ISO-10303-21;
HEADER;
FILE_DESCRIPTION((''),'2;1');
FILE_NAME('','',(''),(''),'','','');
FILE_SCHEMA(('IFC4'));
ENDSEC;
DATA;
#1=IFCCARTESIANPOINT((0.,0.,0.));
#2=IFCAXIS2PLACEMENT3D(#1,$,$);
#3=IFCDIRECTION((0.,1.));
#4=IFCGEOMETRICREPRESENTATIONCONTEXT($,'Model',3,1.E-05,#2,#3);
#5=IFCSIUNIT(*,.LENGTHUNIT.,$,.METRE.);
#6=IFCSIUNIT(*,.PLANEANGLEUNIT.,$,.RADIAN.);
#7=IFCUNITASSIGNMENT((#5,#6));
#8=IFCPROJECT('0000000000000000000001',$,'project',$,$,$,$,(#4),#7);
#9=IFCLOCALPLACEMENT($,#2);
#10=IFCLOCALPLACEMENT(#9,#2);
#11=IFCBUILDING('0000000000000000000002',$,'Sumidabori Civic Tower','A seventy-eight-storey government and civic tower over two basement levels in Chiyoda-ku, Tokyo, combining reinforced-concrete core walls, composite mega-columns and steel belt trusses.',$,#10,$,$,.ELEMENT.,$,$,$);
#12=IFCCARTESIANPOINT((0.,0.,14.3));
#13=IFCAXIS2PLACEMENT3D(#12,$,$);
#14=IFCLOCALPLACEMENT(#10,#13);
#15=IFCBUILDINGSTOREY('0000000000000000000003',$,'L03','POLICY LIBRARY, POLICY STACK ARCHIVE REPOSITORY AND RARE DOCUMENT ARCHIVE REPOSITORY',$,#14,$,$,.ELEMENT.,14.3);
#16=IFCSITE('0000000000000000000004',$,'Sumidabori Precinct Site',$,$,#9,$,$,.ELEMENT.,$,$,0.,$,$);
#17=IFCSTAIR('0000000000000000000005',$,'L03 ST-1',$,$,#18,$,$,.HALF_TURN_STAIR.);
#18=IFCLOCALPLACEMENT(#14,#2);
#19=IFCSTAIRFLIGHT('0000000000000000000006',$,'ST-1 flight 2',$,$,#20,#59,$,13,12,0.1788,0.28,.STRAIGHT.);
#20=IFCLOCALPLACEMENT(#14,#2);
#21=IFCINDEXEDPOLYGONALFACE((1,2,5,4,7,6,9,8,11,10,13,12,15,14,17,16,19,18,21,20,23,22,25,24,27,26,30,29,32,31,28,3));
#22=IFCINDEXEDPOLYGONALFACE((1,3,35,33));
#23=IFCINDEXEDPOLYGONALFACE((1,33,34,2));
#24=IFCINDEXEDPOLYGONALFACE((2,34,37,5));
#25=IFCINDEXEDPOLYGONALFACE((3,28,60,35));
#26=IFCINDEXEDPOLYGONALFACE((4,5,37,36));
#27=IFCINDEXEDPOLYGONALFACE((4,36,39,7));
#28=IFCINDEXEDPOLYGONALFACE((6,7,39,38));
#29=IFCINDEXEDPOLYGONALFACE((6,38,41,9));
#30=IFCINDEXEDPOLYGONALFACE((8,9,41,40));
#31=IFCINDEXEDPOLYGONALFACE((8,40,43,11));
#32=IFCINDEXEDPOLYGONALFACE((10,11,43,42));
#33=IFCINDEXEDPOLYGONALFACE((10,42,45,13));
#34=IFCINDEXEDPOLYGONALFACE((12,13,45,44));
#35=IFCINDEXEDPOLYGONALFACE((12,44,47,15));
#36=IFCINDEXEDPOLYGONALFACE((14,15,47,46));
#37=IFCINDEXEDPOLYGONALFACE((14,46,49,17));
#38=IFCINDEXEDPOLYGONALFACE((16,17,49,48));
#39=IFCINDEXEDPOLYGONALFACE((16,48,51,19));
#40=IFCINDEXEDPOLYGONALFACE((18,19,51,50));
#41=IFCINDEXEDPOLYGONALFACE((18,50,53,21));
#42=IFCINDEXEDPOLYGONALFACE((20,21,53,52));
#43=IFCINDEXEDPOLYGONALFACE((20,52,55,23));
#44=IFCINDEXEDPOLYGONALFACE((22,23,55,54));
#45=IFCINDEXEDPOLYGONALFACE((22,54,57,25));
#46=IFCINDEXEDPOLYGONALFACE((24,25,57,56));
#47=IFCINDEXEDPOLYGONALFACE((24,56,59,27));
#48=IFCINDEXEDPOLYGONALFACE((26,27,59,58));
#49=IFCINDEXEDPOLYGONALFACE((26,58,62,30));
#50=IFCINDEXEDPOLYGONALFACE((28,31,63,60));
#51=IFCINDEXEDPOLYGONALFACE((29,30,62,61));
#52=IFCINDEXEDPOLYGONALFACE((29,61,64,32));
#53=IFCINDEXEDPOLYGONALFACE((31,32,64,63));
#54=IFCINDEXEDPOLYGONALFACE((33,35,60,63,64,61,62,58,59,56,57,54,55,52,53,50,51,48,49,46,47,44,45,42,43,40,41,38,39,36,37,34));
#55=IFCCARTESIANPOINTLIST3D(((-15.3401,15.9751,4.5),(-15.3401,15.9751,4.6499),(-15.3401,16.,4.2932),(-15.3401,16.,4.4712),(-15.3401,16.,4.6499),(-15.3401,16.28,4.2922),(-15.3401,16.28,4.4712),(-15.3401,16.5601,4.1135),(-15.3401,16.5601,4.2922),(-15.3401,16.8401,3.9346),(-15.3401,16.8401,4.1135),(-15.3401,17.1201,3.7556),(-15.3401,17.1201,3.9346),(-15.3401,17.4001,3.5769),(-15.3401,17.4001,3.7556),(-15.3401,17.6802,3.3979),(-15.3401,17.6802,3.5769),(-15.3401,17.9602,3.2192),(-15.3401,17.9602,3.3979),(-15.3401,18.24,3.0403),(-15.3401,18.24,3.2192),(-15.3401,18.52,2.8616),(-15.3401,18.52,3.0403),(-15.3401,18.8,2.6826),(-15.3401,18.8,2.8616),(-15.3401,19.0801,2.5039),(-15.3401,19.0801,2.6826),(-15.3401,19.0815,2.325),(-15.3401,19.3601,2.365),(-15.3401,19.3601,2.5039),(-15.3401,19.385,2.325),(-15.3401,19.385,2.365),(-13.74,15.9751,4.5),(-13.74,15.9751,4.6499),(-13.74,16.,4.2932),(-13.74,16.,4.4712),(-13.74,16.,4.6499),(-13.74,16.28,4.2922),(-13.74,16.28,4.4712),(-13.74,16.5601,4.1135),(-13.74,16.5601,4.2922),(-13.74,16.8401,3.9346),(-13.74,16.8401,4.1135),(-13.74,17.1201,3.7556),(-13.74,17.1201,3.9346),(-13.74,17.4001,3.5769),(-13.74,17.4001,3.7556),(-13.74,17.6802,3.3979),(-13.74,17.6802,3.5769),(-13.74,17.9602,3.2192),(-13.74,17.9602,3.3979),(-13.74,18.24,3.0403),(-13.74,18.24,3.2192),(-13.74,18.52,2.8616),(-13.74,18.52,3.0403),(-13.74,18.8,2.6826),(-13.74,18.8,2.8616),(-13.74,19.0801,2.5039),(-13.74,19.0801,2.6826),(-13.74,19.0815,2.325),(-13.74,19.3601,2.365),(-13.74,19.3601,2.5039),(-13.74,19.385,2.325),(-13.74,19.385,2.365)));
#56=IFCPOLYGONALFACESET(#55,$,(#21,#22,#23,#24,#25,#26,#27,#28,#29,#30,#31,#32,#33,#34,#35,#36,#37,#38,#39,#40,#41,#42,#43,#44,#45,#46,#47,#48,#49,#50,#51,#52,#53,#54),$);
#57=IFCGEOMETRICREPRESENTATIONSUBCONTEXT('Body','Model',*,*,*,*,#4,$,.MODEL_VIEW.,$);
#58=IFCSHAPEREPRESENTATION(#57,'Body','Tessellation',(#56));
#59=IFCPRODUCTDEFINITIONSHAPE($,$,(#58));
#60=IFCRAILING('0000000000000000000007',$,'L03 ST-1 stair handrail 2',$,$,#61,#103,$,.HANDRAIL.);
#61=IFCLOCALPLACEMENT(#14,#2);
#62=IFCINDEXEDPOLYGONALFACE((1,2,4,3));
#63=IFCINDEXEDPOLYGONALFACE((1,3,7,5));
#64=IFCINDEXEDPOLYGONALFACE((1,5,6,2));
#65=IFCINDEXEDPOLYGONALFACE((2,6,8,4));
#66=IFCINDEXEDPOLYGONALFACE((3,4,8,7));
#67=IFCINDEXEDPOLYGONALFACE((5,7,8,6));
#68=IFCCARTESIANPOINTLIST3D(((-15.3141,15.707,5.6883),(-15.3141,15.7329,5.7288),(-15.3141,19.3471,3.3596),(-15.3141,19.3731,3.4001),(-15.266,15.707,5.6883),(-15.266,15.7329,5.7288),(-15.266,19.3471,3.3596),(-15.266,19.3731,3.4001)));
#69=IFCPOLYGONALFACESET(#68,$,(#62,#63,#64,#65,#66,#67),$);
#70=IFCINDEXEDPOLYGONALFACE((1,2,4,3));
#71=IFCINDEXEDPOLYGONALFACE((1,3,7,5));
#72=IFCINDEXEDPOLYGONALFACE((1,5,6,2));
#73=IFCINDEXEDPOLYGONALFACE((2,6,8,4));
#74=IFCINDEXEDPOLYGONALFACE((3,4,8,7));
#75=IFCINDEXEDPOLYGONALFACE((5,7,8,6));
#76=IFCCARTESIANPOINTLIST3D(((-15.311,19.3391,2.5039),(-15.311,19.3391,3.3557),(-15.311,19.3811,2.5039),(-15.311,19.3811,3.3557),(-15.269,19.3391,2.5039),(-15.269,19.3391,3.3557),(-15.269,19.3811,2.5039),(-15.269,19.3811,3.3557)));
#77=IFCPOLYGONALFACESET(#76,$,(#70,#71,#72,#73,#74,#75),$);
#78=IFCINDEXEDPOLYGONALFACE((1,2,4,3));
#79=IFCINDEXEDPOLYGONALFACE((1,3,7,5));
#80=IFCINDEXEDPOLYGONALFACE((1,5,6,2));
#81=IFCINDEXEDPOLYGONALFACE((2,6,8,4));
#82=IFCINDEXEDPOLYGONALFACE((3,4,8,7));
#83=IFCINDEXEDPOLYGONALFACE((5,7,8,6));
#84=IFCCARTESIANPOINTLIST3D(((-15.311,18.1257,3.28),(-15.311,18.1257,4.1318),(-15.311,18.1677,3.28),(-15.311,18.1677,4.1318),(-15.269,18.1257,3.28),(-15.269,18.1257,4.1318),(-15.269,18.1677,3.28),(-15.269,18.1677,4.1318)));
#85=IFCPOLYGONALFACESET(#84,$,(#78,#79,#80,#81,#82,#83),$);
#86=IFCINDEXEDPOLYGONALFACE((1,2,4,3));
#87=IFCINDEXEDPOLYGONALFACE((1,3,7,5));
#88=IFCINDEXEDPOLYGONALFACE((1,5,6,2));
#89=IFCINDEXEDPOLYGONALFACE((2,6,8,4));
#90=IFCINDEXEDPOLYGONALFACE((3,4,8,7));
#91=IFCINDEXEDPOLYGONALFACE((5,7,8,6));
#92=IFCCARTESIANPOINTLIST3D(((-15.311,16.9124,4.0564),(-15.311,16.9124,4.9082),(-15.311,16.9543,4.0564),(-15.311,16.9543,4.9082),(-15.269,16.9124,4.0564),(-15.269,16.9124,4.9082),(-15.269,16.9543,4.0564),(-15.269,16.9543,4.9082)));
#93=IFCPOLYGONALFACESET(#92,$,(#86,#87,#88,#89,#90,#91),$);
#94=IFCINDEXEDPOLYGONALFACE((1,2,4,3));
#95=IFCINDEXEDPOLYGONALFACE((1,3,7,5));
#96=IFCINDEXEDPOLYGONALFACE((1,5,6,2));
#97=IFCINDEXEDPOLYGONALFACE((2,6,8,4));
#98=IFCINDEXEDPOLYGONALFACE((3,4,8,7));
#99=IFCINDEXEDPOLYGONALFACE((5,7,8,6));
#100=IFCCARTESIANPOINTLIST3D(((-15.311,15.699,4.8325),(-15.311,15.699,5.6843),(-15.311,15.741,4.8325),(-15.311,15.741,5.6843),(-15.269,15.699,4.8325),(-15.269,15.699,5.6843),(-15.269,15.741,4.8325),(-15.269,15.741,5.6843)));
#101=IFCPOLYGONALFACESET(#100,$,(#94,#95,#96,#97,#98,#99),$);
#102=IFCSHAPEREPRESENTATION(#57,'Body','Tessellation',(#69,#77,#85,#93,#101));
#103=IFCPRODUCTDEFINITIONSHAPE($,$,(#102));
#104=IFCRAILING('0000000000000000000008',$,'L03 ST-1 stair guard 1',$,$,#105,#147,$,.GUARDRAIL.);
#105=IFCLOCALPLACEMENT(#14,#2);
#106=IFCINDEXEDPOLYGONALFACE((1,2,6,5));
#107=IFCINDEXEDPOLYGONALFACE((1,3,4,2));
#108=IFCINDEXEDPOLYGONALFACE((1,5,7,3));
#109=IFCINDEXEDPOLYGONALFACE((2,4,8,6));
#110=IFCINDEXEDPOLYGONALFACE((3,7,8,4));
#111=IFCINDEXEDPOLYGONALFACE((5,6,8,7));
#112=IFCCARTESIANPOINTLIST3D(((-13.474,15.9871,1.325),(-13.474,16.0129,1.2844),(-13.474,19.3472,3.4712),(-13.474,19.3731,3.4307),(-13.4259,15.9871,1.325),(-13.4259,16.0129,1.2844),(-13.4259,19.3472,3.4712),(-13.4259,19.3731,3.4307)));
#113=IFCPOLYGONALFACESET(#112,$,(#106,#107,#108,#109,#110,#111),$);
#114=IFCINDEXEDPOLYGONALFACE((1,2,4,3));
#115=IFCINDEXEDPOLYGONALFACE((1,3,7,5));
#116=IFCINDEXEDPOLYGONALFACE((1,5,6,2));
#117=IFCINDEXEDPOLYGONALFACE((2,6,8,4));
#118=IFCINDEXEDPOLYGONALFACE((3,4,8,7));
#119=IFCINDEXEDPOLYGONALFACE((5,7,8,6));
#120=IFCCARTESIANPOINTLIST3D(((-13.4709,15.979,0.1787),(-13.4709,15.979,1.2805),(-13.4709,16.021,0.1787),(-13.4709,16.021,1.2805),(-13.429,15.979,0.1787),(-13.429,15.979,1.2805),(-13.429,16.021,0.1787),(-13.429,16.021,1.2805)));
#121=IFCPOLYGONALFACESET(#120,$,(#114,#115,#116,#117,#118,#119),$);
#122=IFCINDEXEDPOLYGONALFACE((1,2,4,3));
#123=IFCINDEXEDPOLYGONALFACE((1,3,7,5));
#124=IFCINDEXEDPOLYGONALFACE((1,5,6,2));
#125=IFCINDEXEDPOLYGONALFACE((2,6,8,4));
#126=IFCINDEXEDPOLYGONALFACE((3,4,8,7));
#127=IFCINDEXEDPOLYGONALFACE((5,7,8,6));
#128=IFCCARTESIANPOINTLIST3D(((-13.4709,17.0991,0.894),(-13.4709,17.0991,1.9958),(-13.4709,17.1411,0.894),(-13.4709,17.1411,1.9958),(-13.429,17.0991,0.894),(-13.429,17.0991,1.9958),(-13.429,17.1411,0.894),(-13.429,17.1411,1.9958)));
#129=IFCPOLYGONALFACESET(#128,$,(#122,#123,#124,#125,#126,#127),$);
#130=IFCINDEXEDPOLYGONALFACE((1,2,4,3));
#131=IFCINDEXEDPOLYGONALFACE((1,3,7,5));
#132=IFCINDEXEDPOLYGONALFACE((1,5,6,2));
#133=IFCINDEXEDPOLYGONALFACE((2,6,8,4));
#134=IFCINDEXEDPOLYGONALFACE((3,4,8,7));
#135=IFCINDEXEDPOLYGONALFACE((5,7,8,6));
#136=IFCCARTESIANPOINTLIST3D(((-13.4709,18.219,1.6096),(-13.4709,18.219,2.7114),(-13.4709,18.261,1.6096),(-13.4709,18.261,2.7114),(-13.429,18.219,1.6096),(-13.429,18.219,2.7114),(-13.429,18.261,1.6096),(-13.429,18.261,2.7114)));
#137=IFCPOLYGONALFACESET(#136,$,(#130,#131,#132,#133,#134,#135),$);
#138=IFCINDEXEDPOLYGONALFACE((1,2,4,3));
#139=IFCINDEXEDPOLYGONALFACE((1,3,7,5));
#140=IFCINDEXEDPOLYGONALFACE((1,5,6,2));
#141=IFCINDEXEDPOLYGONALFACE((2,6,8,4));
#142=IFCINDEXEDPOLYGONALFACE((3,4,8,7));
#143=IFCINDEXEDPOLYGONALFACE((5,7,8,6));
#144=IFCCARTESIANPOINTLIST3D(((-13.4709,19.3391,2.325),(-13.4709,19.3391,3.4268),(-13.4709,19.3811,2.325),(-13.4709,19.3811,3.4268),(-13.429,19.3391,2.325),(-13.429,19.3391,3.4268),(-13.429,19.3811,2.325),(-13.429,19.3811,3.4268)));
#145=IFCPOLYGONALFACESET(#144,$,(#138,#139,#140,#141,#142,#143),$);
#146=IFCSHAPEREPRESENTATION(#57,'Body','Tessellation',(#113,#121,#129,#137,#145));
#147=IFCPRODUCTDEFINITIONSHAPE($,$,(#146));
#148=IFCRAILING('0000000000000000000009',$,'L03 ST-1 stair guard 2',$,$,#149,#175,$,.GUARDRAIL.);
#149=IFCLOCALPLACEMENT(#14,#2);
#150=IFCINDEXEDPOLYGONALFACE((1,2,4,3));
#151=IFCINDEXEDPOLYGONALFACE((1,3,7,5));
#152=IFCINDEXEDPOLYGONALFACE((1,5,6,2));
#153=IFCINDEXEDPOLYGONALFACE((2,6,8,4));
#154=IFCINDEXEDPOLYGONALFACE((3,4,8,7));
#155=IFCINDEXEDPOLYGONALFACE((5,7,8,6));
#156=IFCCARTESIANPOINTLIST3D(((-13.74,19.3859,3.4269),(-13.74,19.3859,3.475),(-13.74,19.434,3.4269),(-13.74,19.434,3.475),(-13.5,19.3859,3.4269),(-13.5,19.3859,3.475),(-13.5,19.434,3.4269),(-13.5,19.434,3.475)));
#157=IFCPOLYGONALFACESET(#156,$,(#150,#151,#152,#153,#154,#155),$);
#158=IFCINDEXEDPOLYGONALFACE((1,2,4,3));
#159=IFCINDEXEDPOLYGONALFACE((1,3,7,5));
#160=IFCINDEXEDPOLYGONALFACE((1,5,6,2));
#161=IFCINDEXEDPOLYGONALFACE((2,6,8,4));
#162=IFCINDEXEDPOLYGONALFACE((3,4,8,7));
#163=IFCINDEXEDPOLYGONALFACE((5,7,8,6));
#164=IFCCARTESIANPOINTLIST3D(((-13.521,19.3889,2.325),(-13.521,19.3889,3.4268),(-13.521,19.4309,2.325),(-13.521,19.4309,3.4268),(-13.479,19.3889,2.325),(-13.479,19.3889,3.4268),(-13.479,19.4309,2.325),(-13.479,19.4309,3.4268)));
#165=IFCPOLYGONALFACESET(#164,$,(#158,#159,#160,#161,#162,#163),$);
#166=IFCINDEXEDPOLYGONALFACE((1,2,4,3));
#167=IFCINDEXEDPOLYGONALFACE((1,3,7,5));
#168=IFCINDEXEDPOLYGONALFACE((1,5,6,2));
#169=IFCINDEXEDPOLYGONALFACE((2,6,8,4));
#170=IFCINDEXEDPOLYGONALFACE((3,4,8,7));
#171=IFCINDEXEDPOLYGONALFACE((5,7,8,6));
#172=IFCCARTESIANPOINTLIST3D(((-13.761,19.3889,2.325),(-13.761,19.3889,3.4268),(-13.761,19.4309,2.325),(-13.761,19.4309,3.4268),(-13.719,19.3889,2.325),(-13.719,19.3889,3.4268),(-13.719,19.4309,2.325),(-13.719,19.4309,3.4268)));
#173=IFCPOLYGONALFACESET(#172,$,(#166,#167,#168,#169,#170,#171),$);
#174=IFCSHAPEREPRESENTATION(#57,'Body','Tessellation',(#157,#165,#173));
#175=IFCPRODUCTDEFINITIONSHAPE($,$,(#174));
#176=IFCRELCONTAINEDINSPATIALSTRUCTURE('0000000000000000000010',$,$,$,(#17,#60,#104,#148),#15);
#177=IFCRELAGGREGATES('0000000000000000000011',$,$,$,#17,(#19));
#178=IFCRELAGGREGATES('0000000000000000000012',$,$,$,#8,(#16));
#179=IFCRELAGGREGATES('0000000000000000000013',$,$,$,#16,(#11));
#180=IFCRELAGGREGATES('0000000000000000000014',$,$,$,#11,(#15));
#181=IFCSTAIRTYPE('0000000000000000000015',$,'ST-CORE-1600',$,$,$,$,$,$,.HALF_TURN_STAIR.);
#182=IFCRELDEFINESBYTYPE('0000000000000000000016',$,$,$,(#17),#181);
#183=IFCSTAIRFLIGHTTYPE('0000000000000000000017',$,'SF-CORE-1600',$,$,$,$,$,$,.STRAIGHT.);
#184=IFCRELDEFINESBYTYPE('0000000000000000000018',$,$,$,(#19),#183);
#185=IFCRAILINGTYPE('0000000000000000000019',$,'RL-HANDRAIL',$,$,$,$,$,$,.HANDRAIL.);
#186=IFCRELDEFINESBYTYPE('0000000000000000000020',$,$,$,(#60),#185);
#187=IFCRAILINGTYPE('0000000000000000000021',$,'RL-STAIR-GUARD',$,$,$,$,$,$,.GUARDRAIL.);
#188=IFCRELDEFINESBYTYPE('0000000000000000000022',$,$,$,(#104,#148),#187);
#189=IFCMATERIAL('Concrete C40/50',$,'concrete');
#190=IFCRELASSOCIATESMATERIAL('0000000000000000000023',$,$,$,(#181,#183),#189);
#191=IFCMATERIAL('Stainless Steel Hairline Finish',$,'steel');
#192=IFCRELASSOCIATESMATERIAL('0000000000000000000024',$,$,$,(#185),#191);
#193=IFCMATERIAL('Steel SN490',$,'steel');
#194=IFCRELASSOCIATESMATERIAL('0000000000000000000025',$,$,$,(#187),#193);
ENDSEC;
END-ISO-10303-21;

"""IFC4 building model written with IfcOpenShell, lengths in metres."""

from ifc_helpers import new_model, si_unit, direction, frame, origin, origin_2d, place, context, subcontext, project, spatial, polyline, rectangle, outline, extrude, source, transform, mapped, material, type_object, element, aggregate, save


model = new_model("IFC4")

# Units and contexts
model_context = context("Model", 3, precision=1e-05, world=origin(), true_north=direction((0.0, 1.0)))
body_context = subcontext(model_context, "Body", "Model", "MODEL_VIEW")
ifc_project = project(units=[si_unit("LENGTHUNIT", "METRE"), si_unit("PLANEANGLEUNIT", "RADIAN")], contexts=[model_context])

# Site, building, storey
site_placement = place(None, origin())
site = spatial("IfcSite", under=ifc_project, at=site_placement, Name="Sumidabori Precinct Site", CompositionType="ELEMENT", RefElevation=0.0)
building_placement = place(site_placement, origin())
building = spatial("IfcBuilding", under=site, at=building_placement, Name="Sumidabori Civic Tower", Description="A seventy-eight-storey government and civic tower over two basement levels in Chiyoda-ku, Tokyo, combining reinforced-concrete core walls, composite mega-columns and steel belt trusses.", CompositionType="ELEMENT")
storey_placement = place(building_placement, frame((0.0, 0.0, 14.3)))
storey = spatial("IfcBuildingStorey", under=building, at=storey_placement, Name="L03", Description="POLICY LIBRARY, POLICY STACK ARCHIVE REPOSITORY AND RARE DOCUMENT ARCHIVE REPOSITORY", CompositionType="ELEMENT", Elevation=14.3)

# Shared definitions
ifc_material_1 = material(Name="Steel SN490", Category="steel")

# Stair, stair flight
ifc_material_2 = material(Name="Concrete C40/50", Category="concrete")
stair_type = type_object("IfcStairType", Name="ST-CORE-1600", PredefinedType="HALF_TURN_STAIR", material=ifc_material_2)
stair_placement = place(storey_placement, origin())
stair = element("IfcStair", 1, at=stair_placement, inside=storey, type_object=stair_type, Name="L03 ST-1", PredefinedType="HALF_TURN_STAIR")
stair_flight_type = type_object("IfcStairFlightType", Name="SF-CORE-1600", PredefinedType="STRAIGHT", material=ifc_material_2)
shared_shape_1 = source(origin(), body_context, "Body", "SweptSolid", [
    extrude(outline(polyline([(-0.0249, 0.0), (-0.0249, 0.04), (0.0, 0.04), (0.0, 0.179), (0.28, 0.179), (0.28, 0.3577), (0.5601, 0.3577), (0.5601, 0.5366), (0.8401, 0.5366), (0.8401, 0.7153), (1.1201, 0.7153), (1.1201, 0.8943), (1.3999, 0.8943), (1.3999, 1.073), (1.6799, 1.073), (1.6799, 1.252), (1.96, 1.252), (1.96, 1.4307), (2.24, 1.4307), (2.24, 1.6096), (2.52, 1.6096), (2.52, 1.7886), (2.8, 1.7886), (2.8, 1.9673), (3.0801, 1.9673), (3.0801, 2.1462), (3.3601, 2.1462), (3.3601, 2.325), (3.385, 2.325), (3.385, 2.175), (3.3601, 1.9683), (0.2786, 0.0), (-0.0249, 0.0)])), frame((0.0, 0.8, 0.0), z_axis=(0.0, -1.0, 0.0), x_axis=(1.0, 0.0, 0.0)), (0.0, 0.0, 1.0), 1.6001),
])
stair_flight_1_placement = place(storey_placement, frame((-14.54, 19.3601, 2.325), z_axis=(0.0, 0.0, 1.0), x_axis=(0.0, -1.0, 0.0)))
stair_flight_1 = element("IfcStairFlight", 2, at=stair_flight_1_placement, type_object=stair_flight_type, Name="ST-1 flight 2", NumberOfRisers=13, NumberOfTreads=12, PredefinedType="STRAIGHT", RiserHeight=0.1788, TreadLength=0.28, context=body_context, shape_type="MappedRepresentation", body=[
    mapped(shared_shape_1, transform((0.0, 0.0, 0.0), x_axis=(1.0, 0.0, 0.0), y_axis=(0.0, 1.0, 0.0), z_axis=(0.0, 0.0, 1.0), scale=1.0)),
])
aggregate(stair, [stair_flight_1])

# Railings
ifc_material_3 = material(Name="Stainless Steel Hairline Finish", Category="steel")
railing_type_1 = type_object("IfcRailingType", Name="RL-HANDRAIL", PredefinedType="HANDRAIL", material=ifc_material_3)
railing_1_placement = place(storey_placement, frame((-15.29, 19.3601, 2.5039)))
element("IfcRailing", 3, at=railing_1_placement, inside=storey, type_object=railing_type_1, Name="L03 ST-1 stair handrail 2", PredefinedType="HANDRAIL", context=body_context, shape_type="SweptSolid", body=[
    extrude(rectangle(XDim=0.0481, YDim=0.0481, at=origin_2d()), frame((0.0, 0.0, 0.876), z_axis=(0.0, -0.842384, 0.538877), x_axis=(1.0, 0.0, 0.0)), (0.0, 0.0, 1.0), 4.3213),
    extrude(rectangle(XDim=0.042, YDim=0.042, at=origin_2d()), origin(), (0.0, 0.0, 1.0), 0.8518),
    extrude(rectangle(XDim=0.042, YDim=0.042, at=origin_2d()), frame((0.0, -1.2134, 0.7761)), (0.0, 0.0, 1.0), 0.8518),
    extrude(rectangle(XDim=0.042, YDim=0.042, at=origin_2d()), frame((0.0, -2.4268, 1.5525)), (0.0, 0.0, 1.0), 0.8518),
    extrude(rectangle(XDim=0.042, YDim=0.042, at=origin_2d()), frame((0.0, -3.6401, 2.3286)), (0.0, 0.0, 1.0), 0.8518),
])
railing_type_2 = type_object("IfcRailingType", Name="RL-STAIR-GUARD", PredefinedType="GUARDRAIL", material=ifc_material_1)
railing_2_placement = place(storey_placement, frame((-13.45, 16.0, 0.1787)))
element("IfcRailing", 4, at=railing_2_placement, inside=storey, type_object=railing_type_2, Name="L03 ST-1 stair guard 1", PredefinedType="GUARDRAIL", context=body_context, shape_type="SweptSolid", body=[
    extrude(rectangle(XDim=0.0481, YDim=0.0481, at=origin_2d()), frame((0.0, 0.0, 1.126), z_axis=(0.0, 0.842753, 0.538301), x_axis=(-1.0, 0.0, 0.0)), (0.0, 0.0, 1.0), 3.9871),
    extrude(rectangle(XDim=0.042, YDim=0.042, at=origin_2d()), origin(), (0.0, 0.0, 1.0), 1.1018),
    extrude(rectangle(XDim=0.042, YDim=0.042, at=origin_2d()), frame((0.0, 1.1201, 0.7153)), (0.0, 0.0, 1.0), 1.1018),
    extrude(rectangle(XDim=0.042, YDim=0.042, at=origin_2d()), frame((0.0, 2.24, 1.4309)), (0.0, 0.0, 1.0), 1.1018),
    extrude(rectangle(XDim=0.042, YDim=0.042, at=origin_2d()), frame((0.0, 3.3601, 2.1462)), (0.0, 0.0, 1.0), 1.1018),
])
railing_3_placement = place(storey_placement, frame((-13.5, 19.4099, 2.325)))
element("IfcRailing", 5, at=railing_3_placement, inside=storey, type_object=railing_type_2, Name="L03 ST-1 stair guard 2", PredefinedType="GUARDRAIL", context=body_context, shape_type="SweptSolid", body=[
    extrude(rectangle(XDim=0.0481, YDim=0.0481, at=origin_2d()), frame((0.0, 0.0, 1.126), z_axis=(-1.0, 0.0, 0.0), x_axis=(0.0, -1.0, 0.0)), (0.0, 0.0, 1.0), 0.24),
    extrude(rectangle(XDim=0.042, YDim=0.042, at=origin_2d()), origin(), (0.0, 0.0, 1.0), 1.1018),
    extrude(rectangle(XDim=0.042, YDim=0.042, at=origin_2d()), frame((-0.24, 0.0, 0.0)), (0.0, 0.0, 1.0), 1.1018),
])

save(model, "model.ifc")
